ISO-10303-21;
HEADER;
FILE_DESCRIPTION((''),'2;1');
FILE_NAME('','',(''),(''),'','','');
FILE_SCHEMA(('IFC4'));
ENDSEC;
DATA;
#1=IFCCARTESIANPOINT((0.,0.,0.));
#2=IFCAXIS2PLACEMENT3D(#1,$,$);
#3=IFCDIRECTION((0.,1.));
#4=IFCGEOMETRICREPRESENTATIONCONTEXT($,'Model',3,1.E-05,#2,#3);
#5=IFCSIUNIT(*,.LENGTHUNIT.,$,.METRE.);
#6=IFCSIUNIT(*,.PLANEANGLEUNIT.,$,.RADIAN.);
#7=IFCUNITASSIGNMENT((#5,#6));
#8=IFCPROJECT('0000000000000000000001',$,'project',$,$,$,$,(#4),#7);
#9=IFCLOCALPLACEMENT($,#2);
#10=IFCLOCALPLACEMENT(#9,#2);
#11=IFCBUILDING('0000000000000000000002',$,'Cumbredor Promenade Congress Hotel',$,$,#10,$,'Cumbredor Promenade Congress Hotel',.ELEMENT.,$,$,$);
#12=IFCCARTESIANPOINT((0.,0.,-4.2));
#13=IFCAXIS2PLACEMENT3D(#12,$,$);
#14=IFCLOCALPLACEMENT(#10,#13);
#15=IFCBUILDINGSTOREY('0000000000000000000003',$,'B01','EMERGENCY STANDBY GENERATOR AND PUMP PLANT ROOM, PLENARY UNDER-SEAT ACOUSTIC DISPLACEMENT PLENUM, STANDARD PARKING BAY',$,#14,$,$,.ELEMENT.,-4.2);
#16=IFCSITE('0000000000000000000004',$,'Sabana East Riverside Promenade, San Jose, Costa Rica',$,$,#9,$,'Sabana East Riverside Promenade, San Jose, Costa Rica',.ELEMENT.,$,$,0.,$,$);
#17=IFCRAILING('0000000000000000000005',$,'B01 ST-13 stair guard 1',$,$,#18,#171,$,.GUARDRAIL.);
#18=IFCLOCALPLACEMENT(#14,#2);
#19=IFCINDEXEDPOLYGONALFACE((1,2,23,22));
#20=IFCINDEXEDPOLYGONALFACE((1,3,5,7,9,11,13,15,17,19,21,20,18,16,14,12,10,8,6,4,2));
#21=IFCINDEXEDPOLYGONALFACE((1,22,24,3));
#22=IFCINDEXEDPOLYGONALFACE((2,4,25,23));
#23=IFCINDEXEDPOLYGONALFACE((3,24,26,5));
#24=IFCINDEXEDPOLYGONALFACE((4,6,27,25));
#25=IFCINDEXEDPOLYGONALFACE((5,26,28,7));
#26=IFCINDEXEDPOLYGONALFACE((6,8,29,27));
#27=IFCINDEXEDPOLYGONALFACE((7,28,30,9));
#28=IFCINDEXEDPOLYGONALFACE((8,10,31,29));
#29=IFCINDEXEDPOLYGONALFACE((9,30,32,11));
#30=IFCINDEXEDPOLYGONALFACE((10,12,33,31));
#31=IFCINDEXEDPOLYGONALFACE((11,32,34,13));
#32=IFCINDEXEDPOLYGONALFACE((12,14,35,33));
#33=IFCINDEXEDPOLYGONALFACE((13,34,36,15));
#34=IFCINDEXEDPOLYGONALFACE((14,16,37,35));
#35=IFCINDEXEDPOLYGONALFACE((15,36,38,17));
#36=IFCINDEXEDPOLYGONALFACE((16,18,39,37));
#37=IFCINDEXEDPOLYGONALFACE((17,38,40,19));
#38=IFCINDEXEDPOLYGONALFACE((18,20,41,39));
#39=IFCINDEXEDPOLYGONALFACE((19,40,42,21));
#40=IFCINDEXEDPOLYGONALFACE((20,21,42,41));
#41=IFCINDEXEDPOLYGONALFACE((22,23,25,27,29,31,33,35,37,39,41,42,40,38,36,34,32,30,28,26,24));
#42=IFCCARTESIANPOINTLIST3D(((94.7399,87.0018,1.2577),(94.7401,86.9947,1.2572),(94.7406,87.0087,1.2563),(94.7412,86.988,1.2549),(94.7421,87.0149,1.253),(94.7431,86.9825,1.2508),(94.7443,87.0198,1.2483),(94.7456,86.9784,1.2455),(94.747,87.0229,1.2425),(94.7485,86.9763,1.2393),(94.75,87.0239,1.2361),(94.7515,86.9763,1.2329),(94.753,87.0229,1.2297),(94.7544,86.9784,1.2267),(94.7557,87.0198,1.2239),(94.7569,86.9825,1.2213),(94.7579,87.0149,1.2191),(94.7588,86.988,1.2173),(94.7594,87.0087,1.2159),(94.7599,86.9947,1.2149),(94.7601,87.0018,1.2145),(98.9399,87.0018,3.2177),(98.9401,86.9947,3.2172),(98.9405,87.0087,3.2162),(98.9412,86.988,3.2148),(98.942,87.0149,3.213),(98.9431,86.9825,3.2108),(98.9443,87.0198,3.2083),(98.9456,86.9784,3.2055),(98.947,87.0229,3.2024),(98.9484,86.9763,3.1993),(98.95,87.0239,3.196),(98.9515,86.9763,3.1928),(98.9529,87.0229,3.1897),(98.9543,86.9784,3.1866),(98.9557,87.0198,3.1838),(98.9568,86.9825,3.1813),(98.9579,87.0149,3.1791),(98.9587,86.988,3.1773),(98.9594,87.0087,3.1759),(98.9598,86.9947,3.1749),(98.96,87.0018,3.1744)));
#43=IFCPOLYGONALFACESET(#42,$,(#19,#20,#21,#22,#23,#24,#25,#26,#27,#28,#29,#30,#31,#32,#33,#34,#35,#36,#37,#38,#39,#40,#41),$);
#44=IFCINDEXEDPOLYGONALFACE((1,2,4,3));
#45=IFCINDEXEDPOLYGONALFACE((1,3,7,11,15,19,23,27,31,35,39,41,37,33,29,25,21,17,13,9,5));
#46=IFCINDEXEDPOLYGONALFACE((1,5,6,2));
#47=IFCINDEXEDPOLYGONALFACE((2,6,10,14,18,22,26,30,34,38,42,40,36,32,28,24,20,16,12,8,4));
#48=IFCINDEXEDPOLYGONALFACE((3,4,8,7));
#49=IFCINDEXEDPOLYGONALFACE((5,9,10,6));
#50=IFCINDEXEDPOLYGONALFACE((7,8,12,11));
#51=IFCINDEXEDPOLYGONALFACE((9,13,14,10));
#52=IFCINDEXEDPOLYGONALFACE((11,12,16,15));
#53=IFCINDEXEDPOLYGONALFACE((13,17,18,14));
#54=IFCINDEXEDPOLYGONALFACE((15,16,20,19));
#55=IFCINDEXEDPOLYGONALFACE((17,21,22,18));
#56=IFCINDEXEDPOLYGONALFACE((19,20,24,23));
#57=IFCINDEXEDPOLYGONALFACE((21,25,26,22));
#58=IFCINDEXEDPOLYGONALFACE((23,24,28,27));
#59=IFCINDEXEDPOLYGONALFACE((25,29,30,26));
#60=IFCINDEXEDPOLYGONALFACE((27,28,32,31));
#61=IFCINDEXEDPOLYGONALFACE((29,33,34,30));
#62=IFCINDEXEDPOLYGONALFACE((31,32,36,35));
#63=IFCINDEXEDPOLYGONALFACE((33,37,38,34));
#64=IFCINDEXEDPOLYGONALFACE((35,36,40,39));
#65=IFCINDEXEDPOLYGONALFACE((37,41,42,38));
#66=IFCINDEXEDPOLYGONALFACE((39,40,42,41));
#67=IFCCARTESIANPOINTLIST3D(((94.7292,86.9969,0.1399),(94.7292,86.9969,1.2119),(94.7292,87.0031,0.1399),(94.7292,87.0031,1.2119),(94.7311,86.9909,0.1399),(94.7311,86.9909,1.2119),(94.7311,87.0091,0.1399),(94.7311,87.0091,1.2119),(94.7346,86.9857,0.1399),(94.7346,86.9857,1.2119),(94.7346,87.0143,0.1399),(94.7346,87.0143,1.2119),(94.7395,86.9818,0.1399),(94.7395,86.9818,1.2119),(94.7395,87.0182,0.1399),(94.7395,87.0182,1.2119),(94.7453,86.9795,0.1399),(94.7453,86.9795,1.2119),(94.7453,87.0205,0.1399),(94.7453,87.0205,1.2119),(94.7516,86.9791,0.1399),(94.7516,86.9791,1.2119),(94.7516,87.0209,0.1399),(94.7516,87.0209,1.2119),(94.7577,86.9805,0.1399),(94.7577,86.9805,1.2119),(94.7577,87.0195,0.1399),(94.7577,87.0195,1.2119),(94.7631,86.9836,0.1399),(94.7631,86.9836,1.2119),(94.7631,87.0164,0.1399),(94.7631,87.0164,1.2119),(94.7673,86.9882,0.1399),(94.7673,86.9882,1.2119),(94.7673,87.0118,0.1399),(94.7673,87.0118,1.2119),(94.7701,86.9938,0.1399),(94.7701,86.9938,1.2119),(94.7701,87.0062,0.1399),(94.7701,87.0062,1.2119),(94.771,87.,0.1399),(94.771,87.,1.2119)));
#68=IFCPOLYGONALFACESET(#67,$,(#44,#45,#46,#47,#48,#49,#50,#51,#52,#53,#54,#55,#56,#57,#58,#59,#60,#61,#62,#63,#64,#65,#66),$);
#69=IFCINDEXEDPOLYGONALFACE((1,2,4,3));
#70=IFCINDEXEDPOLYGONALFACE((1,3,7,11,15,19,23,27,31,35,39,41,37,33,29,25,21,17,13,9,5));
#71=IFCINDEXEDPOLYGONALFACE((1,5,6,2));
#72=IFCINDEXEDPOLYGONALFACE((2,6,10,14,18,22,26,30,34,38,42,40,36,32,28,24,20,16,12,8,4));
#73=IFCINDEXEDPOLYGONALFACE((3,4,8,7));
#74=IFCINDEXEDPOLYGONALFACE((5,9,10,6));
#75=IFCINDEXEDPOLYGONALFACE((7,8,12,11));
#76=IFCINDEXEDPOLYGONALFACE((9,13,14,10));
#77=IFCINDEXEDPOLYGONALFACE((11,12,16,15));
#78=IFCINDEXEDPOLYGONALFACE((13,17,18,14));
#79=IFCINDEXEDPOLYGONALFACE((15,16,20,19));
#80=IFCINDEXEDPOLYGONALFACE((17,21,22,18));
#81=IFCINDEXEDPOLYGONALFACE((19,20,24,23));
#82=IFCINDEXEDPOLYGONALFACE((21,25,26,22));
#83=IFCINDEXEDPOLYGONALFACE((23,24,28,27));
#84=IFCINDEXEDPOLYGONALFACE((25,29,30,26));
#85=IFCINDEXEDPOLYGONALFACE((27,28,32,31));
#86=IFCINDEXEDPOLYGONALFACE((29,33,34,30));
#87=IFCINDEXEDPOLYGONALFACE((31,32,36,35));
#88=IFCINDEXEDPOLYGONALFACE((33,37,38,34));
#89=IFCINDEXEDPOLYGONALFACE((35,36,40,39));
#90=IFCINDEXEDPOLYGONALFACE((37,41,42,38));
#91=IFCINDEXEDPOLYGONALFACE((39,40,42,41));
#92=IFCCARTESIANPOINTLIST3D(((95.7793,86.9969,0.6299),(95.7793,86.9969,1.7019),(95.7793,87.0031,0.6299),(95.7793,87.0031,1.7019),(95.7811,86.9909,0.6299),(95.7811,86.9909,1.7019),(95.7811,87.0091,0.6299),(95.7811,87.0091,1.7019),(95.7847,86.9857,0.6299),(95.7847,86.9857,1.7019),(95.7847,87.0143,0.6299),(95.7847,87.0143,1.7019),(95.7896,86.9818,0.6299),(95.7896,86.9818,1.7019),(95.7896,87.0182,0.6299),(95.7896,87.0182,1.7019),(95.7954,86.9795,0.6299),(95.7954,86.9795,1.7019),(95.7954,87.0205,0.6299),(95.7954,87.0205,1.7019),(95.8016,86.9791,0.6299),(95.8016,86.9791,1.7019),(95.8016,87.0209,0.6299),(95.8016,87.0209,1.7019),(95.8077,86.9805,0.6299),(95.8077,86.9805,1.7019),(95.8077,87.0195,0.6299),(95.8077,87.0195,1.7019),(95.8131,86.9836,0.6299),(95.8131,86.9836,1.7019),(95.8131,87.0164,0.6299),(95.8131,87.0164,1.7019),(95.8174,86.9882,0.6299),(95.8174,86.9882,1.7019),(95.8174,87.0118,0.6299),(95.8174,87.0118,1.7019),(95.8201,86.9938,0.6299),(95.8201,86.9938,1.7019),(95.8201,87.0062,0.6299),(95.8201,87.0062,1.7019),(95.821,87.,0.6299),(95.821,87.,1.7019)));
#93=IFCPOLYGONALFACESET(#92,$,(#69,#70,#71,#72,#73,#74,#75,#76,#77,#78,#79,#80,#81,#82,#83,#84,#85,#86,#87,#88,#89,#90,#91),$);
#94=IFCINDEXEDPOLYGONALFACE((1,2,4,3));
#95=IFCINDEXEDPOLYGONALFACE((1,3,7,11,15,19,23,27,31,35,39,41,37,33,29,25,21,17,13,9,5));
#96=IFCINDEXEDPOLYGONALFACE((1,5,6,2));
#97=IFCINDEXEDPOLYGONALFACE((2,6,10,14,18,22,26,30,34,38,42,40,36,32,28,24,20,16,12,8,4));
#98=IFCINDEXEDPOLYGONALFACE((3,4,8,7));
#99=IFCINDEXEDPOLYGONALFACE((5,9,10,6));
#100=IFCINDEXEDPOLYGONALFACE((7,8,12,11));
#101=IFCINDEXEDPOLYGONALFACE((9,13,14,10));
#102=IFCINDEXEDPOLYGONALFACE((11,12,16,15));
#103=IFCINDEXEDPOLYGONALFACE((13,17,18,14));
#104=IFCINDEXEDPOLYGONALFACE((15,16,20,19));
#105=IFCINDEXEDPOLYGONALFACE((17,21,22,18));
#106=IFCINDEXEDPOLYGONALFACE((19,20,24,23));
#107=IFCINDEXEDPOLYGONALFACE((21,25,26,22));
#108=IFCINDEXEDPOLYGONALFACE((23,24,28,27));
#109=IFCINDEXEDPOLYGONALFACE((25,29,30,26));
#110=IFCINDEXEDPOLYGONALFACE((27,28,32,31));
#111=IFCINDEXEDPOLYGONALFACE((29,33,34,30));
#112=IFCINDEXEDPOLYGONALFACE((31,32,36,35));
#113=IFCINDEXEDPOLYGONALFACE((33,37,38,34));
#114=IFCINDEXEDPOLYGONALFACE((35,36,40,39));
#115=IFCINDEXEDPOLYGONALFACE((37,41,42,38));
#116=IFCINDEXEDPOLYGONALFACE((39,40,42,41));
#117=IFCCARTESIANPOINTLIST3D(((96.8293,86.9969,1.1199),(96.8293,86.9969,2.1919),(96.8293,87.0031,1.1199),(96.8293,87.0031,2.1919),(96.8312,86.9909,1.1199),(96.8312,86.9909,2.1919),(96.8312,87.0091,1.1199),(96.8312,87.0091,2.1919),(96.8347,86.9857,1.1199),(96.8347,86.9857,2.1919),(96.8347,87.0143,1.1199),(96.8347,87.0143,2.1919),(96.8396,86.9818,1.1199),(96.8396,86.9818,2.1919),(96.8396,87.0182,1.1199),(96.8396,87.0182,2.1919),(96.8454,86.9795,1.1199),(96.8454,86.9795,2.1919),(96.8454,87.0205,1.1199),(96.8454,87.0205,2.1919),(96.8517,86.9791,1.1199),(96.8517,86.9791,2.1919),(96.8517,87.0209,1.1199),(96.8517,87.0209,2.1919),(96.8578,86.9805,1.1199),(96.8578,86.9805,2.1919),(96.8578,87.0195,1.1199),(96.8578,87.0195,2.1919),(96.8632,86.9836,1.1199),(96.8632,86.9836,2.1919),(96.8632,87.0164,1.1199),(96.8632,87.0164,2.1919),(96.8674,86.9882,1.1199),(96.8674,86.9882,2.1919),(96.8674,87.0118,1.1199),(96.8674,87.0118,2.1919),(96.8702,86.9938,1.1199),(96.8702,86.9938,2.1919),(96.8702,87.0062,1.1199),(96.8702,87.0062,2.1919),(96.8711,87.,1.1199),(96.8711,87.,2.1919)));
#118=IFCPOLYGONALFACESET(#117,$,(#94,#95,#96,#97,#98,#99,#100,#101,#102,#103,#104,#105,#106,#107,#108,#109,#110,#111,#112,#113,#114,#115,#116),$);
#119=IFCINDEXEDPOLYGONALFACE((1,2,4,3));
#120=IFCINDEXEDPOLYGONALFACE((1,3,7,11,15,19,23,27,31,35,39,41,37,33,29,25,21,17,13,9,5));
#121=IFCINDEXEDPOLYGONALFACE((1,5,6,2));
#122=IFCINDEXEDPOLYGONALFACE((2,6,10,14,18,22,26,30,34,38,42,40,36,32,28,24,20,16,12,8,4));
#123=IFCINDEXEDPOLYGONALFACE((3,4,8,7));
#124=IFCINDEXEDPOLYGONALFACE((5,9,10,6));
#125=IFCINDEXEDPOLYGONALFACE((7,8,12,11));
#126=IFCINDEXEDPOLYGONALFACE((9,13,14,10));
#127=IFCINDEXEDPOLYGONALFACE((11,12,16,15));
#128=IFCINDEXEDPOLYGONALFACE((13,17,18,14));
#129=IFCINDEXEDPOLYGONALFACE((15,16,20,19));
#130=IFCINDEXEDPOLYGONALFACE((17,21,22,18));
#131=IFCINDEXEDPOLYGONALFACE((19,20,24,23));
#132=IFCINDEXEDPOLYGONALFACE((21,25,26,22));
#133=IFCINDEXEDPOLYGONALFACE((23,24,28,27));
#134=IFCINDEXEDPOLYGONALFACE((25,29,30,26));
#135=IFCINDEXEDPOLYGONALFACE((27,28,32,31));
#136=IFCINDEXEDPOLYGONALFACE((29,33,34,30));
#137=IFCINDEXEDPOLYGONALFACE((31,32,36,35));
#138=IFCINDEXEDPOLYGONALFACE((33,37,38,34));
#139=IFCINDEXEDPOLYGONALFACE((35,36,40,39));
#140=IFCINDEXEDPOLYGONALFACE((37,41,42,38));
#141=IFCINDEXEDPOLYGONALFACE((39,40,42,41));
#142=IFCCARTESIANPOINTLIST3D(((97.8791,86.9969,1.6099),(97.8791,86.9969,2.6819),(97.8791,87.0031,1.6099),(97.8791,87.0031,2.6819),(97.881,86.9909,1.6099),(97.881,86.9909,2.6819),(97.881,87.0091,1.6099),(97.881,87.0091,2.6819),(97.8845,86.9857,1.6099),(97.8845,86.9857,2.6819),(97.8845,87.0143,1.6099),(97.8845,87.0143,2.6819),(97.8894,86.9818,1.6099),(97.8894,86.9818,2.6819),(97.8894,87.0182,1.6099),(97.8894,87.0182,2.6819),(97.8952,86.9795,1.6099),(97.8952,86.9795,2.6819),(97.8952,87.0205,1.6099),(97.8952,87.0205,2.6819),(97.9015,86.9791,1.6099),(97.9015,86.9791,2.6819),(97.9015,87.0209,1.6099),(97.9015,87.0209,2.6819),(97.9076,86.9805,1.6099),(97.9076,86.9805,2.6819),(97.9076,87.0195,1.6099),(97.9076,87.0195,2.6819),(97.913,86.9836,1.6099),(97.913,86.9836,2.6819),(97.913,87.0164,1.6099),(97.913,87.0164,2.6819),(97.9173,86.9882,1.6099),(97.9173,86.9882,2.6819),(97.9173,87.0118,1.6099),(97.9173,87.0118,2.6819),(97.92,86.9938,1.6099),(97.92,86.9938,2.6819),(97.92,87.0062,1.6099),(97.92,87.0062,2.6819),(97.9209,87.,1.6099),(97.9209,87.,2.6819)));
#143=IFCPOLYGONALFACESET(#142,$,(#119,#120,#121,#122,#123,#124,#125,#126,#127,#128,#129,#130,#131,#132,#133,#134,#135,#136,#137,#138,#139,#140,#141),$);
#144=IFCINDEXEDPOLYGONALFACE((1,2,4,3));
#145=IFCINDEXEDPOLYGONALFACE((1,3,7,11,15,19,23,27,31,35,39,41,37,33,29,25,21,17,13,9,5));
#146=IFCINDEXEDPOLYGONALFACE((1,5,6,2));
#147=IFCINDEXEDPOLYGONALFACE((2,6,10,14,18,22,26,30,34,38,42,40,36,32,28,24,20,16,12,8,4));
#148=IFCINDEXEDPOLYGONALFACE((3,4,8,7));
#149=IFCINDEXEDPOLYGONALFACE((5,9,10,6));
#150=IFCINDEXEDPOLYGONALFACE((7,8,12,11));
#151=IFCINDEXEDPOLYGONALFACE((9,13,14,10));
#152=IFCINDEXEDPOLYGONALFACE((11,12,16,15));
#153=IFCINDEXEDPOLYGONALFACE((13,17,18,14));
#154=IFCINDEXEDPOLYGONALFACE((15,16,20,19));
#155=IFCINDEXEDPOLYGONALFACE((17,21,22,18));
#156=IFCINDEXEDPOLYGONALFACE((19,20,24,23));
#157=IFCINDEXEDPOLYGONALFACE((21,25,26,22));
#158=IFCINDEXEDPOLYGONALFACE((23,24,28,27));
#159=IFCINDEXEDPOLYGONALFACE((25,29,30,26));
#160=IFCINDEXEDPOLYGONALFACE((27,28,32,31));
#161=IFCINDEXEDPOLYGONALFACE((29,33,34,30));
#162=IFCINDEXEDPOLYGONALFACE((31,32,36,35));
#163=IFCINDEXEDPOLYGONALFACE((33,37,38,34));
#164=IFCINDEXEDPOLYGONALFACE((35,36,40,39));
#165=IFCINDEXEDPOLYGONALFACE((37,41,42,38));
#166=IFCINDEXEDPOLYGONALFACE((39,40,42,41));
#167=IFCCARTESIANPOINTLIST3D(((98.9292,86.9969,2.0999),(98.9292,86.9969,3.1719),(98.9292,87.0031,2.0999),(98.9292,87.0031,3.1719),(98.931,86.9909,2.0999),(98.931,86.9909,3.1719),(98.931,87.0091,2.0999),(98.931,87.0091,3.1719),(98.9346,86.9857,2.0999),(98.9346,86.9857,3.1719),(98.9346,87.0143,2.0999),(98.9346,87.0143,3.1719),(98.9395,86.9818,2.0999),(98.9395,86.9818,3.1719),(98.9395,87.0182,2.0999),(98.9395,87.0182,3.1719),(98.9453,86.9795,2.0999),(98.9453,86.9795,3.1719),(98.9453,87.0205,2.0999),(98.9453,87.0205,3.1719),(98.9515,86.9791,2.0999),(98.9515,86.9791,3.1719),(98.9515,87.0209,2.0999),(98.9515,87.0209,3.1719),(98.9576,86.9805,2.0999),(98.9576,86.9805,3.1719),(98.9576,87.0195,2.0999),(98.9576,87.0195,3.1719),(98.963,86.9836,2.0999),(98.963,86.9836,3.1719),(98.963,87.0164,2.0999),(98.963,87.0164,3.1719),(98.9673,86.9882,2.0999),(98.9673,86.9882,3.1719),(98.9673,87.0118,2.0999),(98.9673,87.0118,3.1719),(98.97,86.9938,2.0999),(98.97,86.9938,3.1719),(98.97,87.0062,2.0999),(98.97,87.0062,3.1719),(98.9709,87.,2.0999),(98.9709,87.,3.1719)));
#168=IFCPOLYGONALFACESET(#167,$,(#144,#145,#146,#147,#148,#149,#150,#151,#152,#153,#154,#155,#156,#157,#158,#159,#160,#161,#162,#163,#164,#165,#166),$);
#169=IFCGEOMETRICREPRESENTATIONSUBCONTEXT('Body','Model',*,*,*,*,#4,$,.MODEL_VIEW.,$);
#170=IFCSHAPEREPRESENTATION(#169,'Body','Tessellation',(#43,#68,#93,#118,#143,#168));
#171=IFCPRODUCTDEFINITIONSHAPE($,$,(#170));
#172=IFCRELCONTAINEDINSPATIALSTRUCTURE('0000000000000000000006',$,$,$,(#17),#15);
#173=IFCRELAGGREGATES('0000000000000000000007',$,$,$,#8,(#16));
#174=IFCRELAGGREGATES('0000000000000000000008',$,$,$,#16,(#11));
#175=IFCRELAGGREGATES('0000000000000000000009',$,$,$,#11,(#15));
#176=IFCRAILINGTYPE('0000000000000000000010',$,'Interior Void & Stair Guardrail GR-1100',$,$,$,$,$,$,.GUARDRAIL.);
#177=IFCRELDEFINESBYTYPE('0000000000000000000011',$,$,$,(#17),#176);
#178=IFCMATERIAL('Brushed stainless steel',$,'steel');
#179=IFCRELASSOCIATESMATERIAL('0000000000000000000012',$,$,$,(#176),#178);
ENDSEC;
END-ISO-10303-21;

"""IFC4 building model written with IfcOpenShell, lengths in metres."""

from ifc_helpers import new_model, si_unit, direction, frame, origin, origin_2d, place, context, subcontext, project, spatial, circle, extrude, material, type_object, element, save


model = new_model("IFC4")

# Units and contexts
model_context = context("Model", 3, precision=1e-05, world=origin(), true_north=direction((0.0, 1.0)))
body_context = subcontext(model_context, "Body", "Model", "MODEL_VIEW")
ifc_project = project(units=[si_unit("LENGTHUNIT", "METRE"), si_unit("PLANEANGLEUNIT", "RADIAN")], contexts=[model_context])

# Site, building, storey
site_placement = place(None, origin())
site = spatial("IfcSite", under=ifc_project, at=site_placement, Name="Sabana East Riverside Promenade, San Jose, Costa Rica", LongName="Sabana East Riverside Promenade, San Jose, Costa Rica", CompositionType="ELEMENT", RefElevation=0.0)
building_placement = place(site_placement, origin())
building = spatial("IfcBuilding", under=site, at=building_placement, Name="Cumbredor Promenade Congress Hotel", LongName="Cumbredor Promenade Congress Hotel", CompositionType="ELEMENT")
storey_placement = place(building_placement, frame((0.0, 0.0, -4.2)))
storey = spatial("IfcBuildingStorey", under=building, at=storey_placement, Name="B01", Description="EMERGENCY STANDBY GENERATOR AND PUMP PLANT ROOM, PLENARY UNDER-SEAT ACOUSTIC DISPLACEMENT PLENUM, STANDARD PARKING BAY", CompositionType="ELEMENT", Elevation=-4.2)

# Shared definitions
ifc_material_1 = material(Name="Brushed stainless steel", Category="steel")

# Railing
railing_type_1 = type_object("IfcRailingType", Name="Interior Void & Stair Guardrail GR-1100", PredefinedType="GUARDRAIL", material=ifc_material_1)
railing_1_placement = place(storey_placement, frame((94.75, 87.0, 0.1399)))
element("IfcRailing", 1, at=railing_1_placement, inside=storey, type_object=railing_type_1, Name="B01 ST-13 stair guard 1", PredefinedType="GUARDRAIL", context=body_context, shape_type="SweptSolid", body=[
    extrude(circle(Radius=0.0239, at=origin_2d()), frame((0.0, 0.0, 1.0962), z_axis=(0.906184, 0.0, 0.422883), x_axis=(0.0, 1.0, 0.0)), (0.0, 0.0, 1.0), 4.6348),
    extrude(circle(Radius=0.021, at=origin_2d()), origin(), (0.0, 0.0, 1.0), 1.072),
    extrude(circle(Radius=0.021, at=origin_2d()), frame((1.05, 0.0, 0.49)), (0.0, 0.0, 1.0), 1.072),
    extrude(circle(Radius=0.021, at=origin_2d()), frame((2.1001, 0.0, 0.98)), (0.0, 0.0, 1.0), 1.072),
    extrude(circle(Radius=0.021, at=origin_2d()), frame((3.1499, 0.0, 1.47)), (0.0, 0.0, 1.0), 1.072),
    extrude(circle(Radius=0.021, at=origin_2d()), frame((4.2, 0.0, 1.96)), (0.0, 0.0, 1.0), 1.072),
])

save(model, "model.ifc")
